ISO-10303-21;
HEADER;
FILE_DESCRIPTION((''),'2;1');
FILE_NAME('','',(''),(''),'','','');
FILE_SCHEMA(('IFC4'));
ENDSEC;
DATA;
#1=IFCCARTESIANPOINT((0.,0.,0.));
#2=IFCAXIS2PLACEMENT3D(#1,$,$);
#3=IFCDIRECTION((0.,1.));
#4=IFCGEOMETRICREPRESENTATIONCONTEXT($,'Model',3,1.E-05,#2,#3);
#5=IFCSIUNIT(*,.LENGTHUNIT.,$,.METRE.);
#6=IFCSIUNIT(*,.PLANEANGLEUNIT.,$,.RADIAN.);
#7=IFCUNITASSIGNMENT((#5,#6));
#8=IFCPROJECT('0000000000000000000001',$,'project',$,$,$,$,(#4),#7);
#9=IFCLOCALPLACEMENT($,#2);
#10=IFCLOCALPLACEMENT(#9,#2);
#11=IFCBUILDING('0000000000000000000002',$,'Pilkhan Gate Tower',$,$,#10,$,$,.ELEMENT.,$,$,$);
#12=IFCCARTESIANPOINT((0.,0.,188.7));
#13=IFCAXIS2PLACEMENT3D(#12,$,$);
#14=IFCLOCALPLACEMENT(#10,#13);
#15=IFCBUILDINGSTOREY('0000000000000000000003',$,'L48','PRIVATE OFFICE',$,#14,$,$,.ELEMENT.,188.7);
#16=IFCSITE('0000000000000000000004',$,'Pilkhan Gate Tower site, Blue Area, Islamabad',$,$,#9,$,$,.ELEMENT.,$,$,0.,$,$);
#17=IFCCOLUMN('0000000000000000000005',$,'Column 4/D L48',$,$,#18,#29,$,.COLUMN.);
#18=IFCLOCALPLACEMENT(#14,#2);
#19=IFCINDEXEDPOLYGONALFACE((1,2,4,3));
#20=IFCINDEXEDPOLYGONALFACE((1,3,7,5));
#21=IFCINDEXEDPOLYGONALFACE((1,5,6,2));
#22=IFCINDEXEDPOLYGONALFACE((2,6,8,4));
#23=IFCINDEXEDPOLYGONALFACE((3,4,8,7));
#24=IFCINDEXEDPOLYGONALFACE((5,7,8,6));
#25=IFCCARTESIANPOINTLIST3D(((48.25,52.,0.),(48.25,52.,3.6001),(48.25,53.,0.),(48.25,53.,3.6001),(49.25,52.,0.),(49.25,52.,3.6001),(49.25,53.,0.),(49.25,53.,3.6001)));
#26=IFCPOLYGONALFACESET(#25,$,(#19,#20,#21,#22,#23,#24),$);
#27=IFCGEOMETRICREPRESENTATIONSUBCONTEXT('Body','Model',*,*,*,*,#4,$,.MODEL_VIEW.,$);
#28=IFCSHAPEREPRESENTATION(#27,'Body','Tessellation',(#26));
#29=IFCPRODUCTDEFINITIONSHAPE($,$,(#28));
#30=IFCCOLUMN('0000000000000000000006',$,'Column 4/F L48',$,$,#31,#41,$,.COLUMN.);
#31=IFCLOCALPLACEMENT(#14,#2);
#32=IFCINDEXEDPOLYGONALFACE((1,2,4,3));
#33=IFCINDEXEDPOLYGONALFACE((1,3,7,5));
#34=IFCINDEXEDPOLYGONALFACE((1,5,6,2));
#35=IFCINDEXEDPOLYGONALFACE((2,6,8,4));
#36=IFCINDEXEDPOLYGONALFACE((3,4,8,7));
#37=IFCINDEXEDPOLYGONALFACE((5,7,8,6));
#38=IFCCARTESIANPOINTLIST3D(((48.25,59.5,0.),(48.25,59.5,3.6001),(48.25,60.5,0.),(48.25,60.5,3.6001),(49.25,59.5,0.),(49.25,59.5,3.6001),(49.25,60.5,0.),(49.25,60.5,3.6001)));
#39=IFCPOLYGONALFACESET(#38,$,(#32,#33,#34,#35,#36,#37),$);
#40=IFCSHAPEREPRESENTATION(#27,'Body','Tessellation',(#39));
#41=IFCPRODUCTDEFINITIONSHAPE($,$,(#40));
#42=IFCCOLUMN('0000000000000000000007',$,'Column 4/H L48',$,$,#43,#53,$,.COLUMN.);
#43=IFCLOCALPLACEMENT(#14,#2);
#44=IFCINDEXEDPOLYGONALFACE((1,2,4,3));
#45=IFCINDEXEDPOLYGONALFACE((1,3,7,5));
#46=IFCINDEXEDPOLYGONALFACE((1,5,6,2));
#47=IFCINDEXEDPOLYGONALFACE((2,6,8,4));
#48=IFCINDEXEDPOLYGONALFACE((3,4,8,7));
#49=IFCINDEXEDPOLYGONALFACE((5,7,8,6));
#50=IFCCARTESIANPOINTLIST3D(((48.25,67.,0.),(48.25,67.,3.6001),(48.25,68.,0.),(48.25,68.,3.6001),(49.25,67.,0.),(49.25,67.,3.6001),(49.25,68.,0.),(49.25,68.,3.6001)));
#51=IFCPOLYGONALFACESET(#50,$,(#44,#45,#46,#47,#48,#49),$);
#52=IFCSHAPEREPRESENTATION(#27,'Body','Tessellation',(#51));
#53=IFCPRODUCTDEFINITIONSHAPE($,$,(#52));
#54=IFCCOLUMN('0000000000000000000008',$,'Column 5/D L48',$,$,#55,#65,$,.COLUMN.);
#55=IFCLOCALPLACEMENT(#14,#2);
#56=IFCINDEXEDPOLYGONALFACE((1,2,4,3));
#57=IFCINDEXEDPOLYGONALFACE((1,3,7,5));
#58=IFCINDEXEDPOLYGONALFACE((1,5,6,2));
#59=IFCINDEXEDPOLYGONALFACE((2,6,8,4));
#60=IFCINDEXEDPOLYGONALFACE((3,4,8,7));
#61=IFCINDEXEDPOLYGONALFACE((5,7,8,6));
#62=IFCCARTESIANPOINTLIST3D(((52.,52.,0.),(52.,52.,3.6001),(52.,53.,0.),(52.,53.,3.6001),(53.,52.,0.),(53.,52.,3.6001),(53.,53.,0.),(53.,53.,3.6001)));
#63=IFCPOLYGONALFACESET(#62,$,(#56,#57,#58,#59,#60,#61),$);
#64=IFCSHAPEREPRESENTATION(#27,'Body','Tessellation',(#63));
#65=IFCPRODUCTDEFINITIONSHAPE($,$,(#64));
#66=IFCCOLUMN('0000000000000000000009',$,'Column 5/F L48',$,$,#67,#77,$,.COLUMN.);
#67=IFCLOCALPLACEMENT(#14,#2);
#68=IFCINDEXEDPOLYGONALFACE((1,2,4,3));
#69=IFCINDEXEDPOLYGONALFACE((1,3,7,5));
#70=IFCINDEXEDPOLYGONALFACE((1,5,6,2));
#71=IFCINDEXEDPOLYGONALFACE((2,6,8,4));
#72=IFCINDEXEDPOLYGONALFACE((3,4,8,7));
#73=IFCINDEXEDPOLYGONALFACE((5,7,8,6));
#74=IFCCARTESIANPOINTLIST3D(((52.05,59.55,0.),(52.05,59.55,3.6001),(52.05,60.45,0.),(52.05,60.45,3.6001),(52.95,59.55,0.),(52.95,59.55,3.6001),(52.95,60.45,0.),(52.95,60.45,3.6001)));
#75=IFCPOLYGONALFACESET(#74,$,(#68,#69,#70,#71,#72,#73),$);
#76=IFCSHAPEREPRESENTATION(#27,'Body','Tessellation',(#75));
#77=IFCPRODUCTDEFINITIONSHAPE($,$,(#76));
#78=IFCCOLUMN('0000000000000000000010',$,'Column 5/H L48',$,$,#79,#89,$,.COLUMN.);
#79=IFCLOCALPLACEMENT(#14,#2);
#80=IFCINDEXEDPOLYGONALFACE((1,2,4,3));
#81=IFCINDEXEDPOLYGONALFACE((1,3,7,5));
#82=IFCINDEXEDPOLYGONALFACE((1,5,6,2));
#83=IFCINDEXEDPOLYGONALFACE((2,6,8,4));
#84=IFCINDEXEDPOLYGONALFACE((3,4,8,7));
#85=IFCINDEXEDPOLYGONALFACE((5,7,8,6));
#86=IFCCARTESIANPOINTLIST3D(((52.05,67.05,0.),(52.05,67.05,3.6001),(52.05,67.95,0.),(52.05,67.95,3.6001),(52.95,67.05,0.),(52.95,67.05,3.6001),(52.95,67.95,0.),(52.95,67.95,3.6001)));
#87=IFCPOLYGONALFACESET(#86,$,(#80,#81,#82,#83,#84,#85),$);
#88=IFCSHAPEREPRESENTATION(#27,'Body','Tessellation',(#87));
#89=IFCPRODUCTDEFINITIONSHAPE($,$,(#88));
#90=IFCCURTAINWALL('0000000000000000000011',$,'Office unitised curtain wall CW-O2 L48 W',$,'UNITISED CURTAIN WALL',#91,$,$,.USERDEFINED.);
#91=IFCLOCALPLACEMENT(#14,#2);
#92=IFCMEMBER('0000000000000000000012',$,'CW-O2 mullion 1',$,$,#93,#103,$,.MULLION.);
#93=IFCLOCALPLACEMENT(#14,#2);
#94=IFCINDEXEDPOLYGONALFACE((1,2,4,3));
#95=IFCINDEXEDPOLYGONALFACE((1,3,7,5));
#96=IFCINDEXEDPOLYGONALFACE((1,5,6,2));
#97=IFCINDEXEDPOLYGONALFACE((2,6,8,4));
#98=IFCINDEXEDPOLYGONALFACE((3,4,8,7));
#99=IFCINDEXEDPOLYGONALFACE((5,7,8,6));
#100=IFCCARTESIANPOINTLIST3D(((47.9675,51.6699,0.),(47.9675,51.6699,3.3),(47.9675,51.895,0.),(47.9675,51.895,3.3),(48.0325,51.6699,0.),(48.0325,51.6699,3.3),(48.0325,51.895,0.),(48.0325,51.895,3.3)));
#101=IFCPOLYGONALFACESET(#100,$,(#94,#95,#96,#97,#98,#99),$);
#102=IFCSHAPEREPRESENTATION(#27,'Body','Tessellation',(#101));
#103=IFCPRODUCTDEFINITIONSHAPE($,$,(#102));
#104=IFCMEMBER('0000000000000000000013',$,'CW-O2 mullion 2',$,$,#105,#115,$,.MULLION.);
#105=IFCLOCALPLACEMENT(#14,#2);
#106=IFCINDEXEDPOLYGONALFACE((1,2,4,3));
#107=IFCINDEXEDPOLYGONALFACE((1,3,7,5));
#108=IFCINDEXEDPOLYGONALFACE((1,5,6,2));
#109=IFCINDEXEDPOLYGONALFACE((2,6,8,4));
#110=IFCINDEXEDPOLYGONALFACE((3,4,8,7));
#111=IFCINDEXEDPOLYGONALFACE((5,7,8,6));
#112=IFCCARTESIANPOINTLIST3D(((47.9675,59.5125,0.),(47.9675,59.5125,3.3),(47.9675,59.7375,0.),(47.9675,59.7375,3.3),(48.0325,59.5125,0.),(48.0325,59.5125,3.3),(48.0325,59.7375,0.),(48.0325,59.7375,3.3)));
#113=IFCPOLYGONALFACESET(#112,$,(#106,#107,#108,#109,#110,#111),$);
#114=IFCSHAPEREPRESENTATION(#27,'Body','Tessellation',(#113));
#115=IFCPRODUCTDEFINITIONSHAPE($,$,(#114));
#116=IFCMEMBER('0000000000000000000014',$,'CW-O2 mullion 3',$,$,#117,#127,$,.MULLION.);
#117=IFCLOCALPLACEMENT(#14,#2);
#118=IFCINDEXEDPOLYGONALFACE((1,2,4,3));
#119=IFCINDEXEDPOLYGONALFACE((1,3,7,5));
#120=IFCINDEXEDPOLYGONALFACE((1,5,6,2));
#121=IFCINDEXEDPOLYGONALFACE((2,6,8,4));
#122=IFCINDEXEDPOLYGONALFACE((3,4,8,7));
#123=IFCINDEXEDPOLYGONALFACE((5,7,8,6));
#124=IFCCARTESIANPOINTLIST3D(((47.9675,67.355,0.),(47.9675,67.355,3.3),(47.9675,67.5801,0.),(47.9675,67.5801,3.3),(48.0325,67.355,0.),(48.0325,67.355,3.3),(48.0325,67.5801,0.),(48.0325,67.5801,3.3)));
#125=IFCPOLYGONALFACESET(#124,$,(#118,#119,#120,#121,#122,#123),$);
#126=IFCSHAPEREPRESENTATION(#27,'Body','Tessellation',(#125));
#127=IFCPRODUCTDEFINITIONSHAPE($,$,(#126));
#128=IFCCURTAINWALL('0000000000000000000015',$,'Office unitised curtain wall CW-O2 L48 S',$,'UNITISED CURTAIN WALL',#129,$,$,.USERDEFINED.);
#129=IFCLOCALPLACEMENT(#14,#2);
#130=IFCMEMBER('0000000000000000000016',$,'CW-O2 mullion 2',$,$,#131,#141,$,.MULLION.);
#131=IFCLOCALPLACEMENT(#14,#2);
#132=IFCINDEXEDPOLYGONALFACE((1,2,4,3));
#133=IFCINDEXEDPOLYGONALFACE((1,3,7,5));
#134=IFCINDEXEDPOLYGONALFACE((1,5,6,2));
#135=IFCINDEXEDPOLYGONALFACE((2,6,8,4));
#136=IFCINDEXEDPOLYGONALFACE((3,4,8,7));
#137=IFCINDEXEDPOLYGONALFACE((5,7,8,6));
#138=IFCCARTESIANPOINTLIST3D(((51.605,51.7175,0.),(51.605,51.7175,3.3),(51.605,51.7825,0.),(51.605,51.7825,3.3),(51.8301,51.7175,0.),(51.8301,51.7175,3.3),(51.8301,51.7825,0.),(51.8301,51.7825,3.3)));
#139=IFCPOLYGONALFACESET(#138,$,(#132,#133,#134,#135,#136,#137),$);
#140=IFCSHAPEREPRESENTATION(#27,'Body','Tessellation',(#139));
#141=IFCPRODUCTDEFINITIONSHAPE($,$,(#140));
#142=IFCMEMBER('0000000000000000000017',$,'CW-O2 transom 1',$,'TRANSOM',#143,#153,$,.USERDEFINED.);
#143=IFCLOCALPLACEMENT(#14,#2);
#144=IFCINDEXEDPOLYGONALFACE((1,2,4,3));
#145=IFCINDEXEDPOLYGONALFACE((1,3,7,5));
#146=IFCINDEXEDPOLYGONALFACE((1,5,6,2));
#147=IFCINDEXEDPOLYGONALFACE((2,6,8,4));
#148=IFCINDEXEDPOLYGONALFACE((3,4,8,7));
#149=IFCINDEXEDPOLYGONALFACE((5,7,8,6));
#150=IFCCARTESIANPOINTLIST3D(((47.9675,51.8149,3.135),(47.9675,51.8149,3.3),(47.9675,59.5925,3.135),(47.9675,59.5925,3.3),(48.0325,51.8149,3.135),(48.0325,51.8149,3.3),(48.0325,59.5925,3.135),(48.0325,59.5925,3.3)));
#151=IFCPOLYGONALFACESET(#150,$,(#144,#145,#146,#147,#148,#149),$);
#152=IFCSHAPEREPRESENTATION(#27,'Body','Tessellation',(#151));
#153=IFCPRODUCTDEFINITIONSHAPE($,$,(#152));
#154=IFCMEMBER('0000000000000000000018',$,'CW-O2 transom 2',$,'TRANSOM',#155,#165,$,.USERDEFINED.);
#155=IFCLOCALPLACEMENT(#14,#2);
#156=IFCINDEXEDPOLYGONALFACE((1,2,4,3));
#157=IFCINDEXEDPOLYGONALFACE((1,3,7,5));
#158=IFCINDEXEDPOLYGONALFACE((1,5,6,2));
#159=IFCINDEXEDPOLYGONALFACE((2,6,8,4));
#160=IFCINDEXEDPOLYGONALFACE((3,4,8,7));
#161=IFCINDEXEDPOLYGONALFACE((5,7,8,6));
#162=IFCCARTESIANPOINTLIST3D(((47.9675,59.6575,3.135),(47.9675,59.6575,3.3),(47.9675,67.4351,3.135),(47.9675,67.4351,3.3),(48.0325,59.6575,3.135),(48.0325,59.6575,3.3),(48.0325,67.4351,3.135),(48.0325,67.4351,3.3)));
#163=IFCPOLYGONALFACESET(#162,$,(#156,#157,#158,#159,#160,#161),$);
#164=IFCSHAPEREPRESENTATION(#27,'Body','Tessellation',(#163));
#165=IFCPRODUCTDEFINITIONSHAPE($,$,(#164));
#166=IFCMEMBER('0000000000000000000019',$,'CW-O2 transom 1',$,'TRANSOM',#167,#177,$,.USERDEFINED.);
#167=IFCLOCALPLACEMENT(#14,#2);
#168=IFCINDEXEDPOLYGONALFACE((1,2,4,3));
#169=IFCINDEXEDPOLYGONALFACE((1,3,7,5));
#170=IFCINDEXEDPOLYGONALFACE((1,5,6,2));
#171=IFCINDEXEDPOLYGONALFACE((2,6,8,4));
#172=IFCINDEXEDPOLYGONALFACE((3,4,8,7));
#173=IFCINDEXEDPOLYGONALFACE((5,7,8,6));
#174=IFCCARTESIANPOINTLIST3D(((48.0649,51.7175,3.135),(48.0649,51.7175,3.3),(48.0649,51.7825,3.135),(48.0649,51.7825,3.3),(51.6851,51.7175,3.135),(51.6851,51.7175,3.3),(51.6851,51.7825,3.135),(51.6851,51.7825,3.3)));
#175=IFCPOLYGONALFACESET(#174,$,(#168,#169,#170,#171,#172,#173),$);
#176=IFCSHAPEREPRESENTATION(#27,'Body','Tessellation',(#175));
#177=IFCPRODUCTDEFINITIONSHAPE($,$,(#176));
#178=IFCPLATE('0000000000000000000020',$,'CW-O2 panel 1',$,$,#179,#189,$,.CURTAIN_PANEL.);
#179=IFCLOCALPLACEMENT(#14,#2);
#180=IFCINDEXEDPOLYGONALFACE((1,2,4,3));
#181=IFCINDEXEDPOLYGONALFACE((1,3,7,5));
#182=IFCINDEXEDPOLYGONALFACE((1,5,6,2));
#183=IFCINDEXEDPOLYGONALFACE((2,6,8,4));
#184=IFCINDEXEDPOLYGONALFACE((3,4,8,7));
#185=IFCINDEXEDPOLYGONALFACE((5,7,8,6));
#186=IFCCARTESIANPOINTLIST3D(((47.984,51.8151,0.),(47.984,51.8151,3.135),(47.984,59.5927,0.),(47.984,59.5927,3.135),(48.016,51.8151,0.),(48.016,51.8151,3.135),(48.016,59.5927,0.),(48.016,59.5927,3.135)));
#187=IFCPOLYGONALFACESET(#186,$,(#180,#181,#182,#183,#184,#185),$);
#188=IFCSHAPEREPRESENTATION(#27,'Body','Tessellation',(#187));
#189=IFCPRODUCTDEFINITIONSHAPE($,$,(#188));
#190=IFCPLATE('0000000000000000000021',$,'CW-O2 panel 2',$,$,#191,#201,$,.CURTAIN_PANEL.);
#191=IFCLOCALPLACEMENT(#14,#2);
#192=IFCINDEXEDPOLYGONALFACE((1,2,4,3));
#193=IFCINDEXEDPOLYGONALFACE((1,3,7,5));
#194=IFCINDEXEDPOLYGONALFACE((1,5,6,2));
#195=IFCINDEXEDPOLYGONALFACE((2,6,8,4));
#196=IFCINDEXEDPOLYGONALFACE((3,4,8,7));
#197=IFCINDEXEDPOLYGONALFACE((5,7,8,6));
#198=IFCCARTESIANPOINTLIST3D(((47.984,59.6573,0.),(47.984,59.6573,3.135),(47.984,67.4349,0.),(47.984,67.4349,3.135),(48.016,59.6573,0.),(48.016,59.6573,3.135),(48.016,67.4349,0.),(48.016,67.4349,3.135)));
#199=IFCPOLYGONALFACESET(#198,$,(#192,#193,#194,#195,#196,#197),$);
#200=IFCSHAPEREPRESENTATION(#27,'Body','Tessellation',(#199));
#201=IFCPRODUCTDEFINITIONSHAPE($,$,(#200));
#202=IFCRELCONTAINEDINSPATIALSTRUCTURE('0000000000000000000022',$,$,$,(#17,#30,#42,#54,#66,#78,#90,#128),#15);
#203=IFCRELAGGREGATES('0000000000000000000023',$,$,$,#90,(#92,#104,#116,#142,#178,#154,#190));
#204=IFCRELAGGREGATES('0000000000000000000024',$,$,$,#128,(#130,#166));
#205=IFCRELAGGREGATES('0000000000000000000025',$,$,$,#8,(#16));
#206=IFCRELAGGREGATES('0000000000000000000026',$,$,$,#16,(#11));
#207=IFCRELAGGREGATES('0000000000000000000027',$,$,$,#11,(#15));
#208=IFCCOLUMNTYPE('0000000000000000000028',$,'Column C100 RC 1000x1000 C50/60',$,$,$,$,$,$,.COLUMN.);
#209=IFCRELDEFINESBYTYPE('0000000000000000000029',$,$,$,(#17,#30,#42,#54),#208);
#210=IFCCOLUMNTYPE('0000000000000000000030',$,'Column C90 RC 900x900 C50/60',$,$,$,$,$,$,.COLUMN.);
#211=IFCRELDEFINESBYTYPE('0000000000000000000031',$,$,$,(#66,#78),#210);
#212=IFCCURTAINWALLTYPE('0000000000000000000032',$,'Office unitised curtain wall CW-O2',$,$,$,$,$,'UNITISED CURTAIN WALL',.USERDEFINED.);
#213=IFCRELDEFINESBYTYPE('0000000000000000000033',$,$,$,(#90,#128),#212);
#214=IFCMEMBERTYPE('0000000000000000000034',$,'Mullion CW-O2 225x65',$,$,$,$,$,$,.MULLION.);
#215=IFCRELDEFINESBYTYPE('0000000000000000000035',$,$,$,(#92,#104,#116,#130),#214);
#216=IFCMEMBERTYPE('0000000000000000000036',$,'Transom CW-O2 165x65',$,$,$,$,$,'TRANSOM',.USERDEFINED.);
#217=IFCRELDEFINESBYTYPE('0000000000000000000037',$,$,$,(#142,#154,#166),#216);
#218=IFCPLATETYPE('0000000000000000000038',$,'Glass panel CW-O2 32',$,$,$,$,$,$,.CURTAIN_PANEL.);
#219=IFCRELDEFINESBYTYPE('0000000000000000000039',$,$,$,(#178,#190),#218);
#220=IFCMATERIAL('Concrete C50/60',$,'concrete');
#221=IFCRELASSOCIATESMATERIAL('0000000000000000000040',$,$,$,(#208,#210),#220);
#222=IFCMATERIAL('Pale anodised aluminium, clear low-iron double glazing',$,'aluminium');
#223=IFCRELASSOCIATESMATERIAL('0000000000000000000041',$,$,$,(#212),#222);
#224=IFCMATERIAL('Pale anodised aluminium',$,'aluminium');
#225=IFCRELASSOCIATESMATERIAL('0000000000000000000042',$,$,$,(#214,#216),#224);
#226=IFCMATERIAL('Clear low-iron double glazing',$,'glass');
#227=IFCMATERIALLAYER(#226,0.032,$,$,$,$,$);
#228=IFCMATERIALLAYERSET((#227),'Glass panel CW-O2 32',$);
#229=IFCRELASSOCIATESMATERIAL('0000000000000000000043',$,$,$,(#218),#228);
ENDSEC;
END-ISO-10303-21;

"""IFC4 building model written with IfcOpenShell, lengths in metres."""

from ifc_helpers import new_model, si_unit, direction, frame, origin, origin_2d, place, context, subcontext, project, spatial, rectangle, extrude, material, layer, layer_set, material_profile, profile_set, type_object, element, aggregate, save


model = new_model("IFC4")

# Units and contexts
model_context = context("Model", 3, precision=1e-05, world=origin(), true_north=direction((0.0, 1.0)))
body_context = subcontext(model_context, "Body", "Model", "MODEL_VIEW")
ifc_project = project(units=[si_unit("LENGTHUNIT", "METRE"), si_unit("PLANEANGLEUNIT", "RADIAN")], contexts=[model_context])

# Site, building, storey
site_placement = place(None, origin())
site = spatial("IfcSite", under=ifc_project, at=site_placement, Name="Pilkhan Gate Tower site, Blue Area, Islamabad", CompositionType="ELEMENT", RefElevation=0.0)
building_placement = place(site_placement, origin())
building = spatial("IfcBuilding", under=site, at=building_placement, Name="Pilkhan Gate Tower", CompositionType="ELEMENT")
storey_placement = place(building_placement, frame((0.0, 0.0, 188.7)))
storey = spatial("IfcBuildingStorey", under=building, at=storey_placement, Name="L48", Description="PRIVATE OFFICE", CompositionType="ELEMENT", Elevation=188.7)

# Columns
ifc_material_1 = material(Name="Concrete C50/60", Category="concrete")
ifc_material_profile_1 = material_profile(ifc_material_1, rectangle(XDim=1.0, YDim=1.0, at=origin_2d()), Name="RC 1000x1000")
ifc_profile_set_1 = profile_set([ifc_material_profile_1], Name="Concrete C50/60")
column_type_1 = type_object("IfcColumnType", Name="Column C100 RC 1000x1000 C50/60", PredefinedType="COLUMN", material=ifc_profile_set_1)
for number, where, z_axis, x_axis, name in (
    (1, (48.75, 52.5, 0.0), (0.0, 0.0, 1.0), (1.0, 0.0, 0.0), "Column 4/D L48"),
    (2, (48.75, 60.0, 0.0), (0.0, 0.0, 1.0), (1.0, 0.0, 0.0), "Column 4/F L48"),
    (3, (48.75, 67.5, 0.0), (0.0, 0.0, 1.0), (1.0, 0.0, 0.0), "Column 4/H L48"),
    (4, (52.5, 52.5, 0.0), (0.0, 0.0, 1.0), (1.0, 0.0, 0.0), "Column 5/D L48"),
):
    element("IfcColumn", number, at=place(storey_placement, frame(where, z_axis=z_axis, x_axis=x_axis)), inside=storey, type_object=column_type_1, Name=name, PredefinedType="COLUMN", context=body_context, shape_type="SweptSolid", body=[
        extrude(rectangle(XDim=1.0, YDim=1.0, at=origin_2d()), origin(), (0.0, 0.0, 1.0), 3.6001),
    ])
ifc_material_profile_2 = material_profile(ifc_material_1, rectangle(XDim=0.8999, YDim=0.8999, at=origin_2d()), Name="RC 900x900")
ifc_profile_set_2 = profile_set([ifc_material_profile_2], Name="Concrete C50/60")
column_type_2 = type_object("IfcColumnType", Name="Column C90 RC 900x900 C50/60", PredefinedType="COLUMN", material=ifc_profile_set_2)
for number, where, z_axis, x_axis, name in (
    (5, (52.5, 60.0, 0.0), (0.0, 0.0, 1.0), (1.0, 0.0, 0.0), "Column 5/F L48"),
    (6, (52.5, 67.5, 0.0), (0.0, 0.0, 1.0), (1.0, 0.0, 0.0), "Column 5/H L48"),
):
    element("IfcColumn", number, at=place(storey_placement, frame(where, z_axis=z_axis, x_axis=x_axis)), inside=storey, type_object=column_type_2, Name=name, PredefinedType="COLUMN", context=body_context, shape_type="SweptSolid", body=[
        extrude(rectangle(XDim=0.8999, YDim=0.8999, at=origin_2d()), origin(), (0.0, 0.0, 1.0), 3.6001),
    ])

# Curtain wall, members
ifc_material_2 = material(Name="Pale anodised aluminium, clear low-iron double glazing", Category="aluminium")
curtain_wall_type = type_object("IfcCurtainWallType", Name="Office unitised curtain wall CW-O2", ElementType="UNITISED CURTAIN WALL", PredefinedType="USERDEFINED", material=ifc_material_2)
curtain_wall_1_placement = place(storey_placement, origin())
curtain_wall_1 = element("IfcCurtainWall", 7, at=curtain_wall_1_placement, inside=storey, type_object=curtain_wall_type, Name="Office unitised curtain wall CW-O2 L48 W", ObjectType="UNITISED CURTAIN WALL", PredefinedType="USERDEFINED")
ifc_material_3 = material(Name="Pale anodised aluminium", Category="aluminium")
ifc_material_profile_3 = material_profile(ifc_material_3, rectangle(XDim=0.0649, YDim=0.2251, at=origin_2d()), Name="Mullion 225x65")
ifc_profile_set_3 = profile_set([ifc_material_profile_3], Name="Pale anodised aluminium")
member_type_1 = type_object("IfcMemberType", Name="Mullion CW-O2 225x65", PredefinedType="MULLION", material=ifc_profile_set_3)
member_1_placement = place(storey_placement, frame((48.0, 51.7825, 0.0), z_axis=(0.0, 0.0, 1.0), x_axis=(-1.0, 0.0, 0.0)))
member_1 = element("IfcMember", 8, at=member_1_placement, type_object=member_type_1, Name="CW-O2 mullion 1", PredefinedType="MULLION", context=body_context, shape_type="SweptSolid", body=[
    extrude(rectangle(XDim=0.0649, YDim=0.2251, at=origin_2d()), origin(), (0.0, 0.0, 1.0), 3.3),
])
member_2_placement = place(storey_placement, frame((48.0, 59.625, 0.0), z_axis=(0.0, 0.0, 1.0), x_axis=(-1.0, 0.0, 0.0)))
member_2 = element("IfcMember", 9, at=member_2_placement, type_object=member_type_1, Name="CW-O2 mullion 2", PredefinedType="MULLION", context=body_context, shape_type="SweptSolid", body=[
    extrude(rectangle(XDim=0.0649, YDim=0.2251, at=origin_2d()), origin(), (0.0, 0.0, 1.0), 3.3),
])
member_3_placement = place(storey_placement, frame((48.0, 67.4675, 0.0), z_axis=(0.0, 0.0, 1.0), x_axis=(-1.0, 0.0, 0.0)))
member_3 = element("IfcMember", 10, at=member_3_placement, type_object=member_type_1, Name="CW-O2 mullion 3", PredefinedType="MULLION", context=body_context, shape_type="SweptSolid", body=[
    extrude(rectangle(XDim=0.0649, YDim=0.2251, at=origin_2d()), origin(), (0.0, 0.0, 1.0), 3.3),
])

# Curtain wall, member
curtain_wall_2_placement = place(storey_placement, origin())
curtain_wall_2 = element("IfcCurtainWall", 11, at=curtain_wall_2_placement, inside=storey, type_object=curtain_wall_type, Name="Office unitised curtain wall CW-O2 L48 S", ObjectType="UNITISED CURTAIN WALL", PredefinedType="USERDEFINED")
member_4_placement = place(storey_placement, frame((51.7175, 51.75, 0.0), z_axis=(0.0, 0.0, 1.0), x_axis=(0.0, 1.0, 0.0)))
member_4 = element("IfcMember", 12, at=member_4_placement, type_object=member_type_1, Name="CW-O2 mullion 2", PredefinedType="MULLION", context=body_context, shape_type="SweptSolid", body=[
    extrude(rectangle(XDim=0.0649, YDim=0.2251, at=origin_2d()), origin(), (0.0, 0.0, 1.0), 3.3),
])

# Members
ifc_material_profile_4 = material_profile(ifc_material_3, rectangle(XDim=0.0649, YDim=0.165, at=origin_2d()), Name="Transom 165x65")
ifc_profile_set_4 = profile_set([ifc_material_profile_4], Name="Pale anodised aluminium")
member_type_2 = type_object("IfcMemberType", Name="Transom CW-O2 165x65", ElementType="TRANSOM", PredefinedType="USERDEFINED", material=ifc_profile_set_4)
member_5_placement = place(storey_placement, frame((48.0, 51.8149, 3.2175), z_axis=(0.0, 1.0, 0.0), x_axis=(-1.0, 0.0, 0.0)))
member_5 = element("IfcMember", 13, at=member_5_placement, type_object=member_type_2, Name="CW-O2 transom 1", ObjectType="TRANSOM", PredefinedType="USERDEFINED", context=body_context, shape_type="SweptSolid", body=[
    extrude(rectangle(XDim=0.0649, YDim=0.165, at=origin_2d()), origin(), (0.0, 0.0, 1.0), 7.7776),
])
member_6_placement = place(storey_placement, frame((48.0, 59.6575, 3.2175), z_axis=(0.0, 1.0, 0.0), x_axis=(-1.0, 0.0, 0.0)))
member_6 = element("IfcMember", 14, at=member_6_placement, type_object=member_type_2, Name="CW-O2 transom 2", ObjectType="TRANSOM", PredefinedType="USERDEFINED", context=body_context, shape_type="SweptSolid", body=[
    extrude(rectangle(XDim=0.0649, YDim=0.165, at=origin_2d()), origin(), (0.0, 0.0, 1.0), 7.7776),
])
member_7_placement = place(storey_placement, frame((48.0649, 51.75, 3.2175), z_axis=(1.0, 0.0, 0.0), x_axis=(0.0, 1.0, 0.0)))
member_7 = element("IfcMember", 15, at=member_7_placement, type_object=member_type_2, Name="CW-O2 transom 1", ObjectType="TRANSOM", PredefinedType="USERDEFINED", context=body_context, shape_type="SweptSolid", body=[
    extrude(rectangle(XDim=0.0649, YDim=0.165, at=origin_2d()), origin(), (0.0, 0.0, 1.0), 3.6201),
])

# Plates
ifc_material_4 = material(Name="Clear low-iron double glazing", Category="glass")
ifc_layer_1 = layer(ifc_material_4, 0.032)
ifc_layer_set_1 = layer_set([ifc_layer_1], Name="Glass panel CW-O2 32")
plate_type = type_object("IfcPlateType", Name="Glass panel CW-O2 32", PredefinedType="CURTAIN_PANEL", material=ifc_layer_set_1)
plate_1_placement = place(storey_placement, frame((48.0, 55.7039, 0.0), z_axis=(0.0, 0.0, 1.0), x_axis=(0.0, 1.0, 0.0)))
plate_1 = element("IfcPlate", 16, at=plate_1_placement, type_object=plate_type, Name="CW-O2 panel 1", PredefinedType="CURTAIN_PANEL", context=body_context, shape_type="SweptSolid", body=[
    extrude(rectangle(XDim=7.7776, YDim=0.032, at=origin_2d()), origin(), (0.0, 0.0, 1.0), 3.135),
])
plate_2_placement = place(storey_placement, frame((48.0, 63.5461, 0.0), z_axis=(0.0, 0.0, 1.0), x_axis=(0.0, 1.0, 0.0)))
plate_2 = element("IfcPlate", 17, at=plate_2_placement, type_object=plate_type, Name="CW-O2 panel 2", PredefinedType="CURTAIN_PANEL", context=body_context, shape_type="SweptSolid", body=[
    extrude(rectangle(XDim=7.7776, YDim=0.032, at=origin_2d()), origin(), (0.0, 0.0, 1.0), 3.135),
])
aggregate(curtain_wall_1, [member_1, member_2, member_3, member_5, plate_1, member_6, plate_2])
aggregate(curtain_wall_2, [member_4, member_7])

save(model, "model.ifc")
